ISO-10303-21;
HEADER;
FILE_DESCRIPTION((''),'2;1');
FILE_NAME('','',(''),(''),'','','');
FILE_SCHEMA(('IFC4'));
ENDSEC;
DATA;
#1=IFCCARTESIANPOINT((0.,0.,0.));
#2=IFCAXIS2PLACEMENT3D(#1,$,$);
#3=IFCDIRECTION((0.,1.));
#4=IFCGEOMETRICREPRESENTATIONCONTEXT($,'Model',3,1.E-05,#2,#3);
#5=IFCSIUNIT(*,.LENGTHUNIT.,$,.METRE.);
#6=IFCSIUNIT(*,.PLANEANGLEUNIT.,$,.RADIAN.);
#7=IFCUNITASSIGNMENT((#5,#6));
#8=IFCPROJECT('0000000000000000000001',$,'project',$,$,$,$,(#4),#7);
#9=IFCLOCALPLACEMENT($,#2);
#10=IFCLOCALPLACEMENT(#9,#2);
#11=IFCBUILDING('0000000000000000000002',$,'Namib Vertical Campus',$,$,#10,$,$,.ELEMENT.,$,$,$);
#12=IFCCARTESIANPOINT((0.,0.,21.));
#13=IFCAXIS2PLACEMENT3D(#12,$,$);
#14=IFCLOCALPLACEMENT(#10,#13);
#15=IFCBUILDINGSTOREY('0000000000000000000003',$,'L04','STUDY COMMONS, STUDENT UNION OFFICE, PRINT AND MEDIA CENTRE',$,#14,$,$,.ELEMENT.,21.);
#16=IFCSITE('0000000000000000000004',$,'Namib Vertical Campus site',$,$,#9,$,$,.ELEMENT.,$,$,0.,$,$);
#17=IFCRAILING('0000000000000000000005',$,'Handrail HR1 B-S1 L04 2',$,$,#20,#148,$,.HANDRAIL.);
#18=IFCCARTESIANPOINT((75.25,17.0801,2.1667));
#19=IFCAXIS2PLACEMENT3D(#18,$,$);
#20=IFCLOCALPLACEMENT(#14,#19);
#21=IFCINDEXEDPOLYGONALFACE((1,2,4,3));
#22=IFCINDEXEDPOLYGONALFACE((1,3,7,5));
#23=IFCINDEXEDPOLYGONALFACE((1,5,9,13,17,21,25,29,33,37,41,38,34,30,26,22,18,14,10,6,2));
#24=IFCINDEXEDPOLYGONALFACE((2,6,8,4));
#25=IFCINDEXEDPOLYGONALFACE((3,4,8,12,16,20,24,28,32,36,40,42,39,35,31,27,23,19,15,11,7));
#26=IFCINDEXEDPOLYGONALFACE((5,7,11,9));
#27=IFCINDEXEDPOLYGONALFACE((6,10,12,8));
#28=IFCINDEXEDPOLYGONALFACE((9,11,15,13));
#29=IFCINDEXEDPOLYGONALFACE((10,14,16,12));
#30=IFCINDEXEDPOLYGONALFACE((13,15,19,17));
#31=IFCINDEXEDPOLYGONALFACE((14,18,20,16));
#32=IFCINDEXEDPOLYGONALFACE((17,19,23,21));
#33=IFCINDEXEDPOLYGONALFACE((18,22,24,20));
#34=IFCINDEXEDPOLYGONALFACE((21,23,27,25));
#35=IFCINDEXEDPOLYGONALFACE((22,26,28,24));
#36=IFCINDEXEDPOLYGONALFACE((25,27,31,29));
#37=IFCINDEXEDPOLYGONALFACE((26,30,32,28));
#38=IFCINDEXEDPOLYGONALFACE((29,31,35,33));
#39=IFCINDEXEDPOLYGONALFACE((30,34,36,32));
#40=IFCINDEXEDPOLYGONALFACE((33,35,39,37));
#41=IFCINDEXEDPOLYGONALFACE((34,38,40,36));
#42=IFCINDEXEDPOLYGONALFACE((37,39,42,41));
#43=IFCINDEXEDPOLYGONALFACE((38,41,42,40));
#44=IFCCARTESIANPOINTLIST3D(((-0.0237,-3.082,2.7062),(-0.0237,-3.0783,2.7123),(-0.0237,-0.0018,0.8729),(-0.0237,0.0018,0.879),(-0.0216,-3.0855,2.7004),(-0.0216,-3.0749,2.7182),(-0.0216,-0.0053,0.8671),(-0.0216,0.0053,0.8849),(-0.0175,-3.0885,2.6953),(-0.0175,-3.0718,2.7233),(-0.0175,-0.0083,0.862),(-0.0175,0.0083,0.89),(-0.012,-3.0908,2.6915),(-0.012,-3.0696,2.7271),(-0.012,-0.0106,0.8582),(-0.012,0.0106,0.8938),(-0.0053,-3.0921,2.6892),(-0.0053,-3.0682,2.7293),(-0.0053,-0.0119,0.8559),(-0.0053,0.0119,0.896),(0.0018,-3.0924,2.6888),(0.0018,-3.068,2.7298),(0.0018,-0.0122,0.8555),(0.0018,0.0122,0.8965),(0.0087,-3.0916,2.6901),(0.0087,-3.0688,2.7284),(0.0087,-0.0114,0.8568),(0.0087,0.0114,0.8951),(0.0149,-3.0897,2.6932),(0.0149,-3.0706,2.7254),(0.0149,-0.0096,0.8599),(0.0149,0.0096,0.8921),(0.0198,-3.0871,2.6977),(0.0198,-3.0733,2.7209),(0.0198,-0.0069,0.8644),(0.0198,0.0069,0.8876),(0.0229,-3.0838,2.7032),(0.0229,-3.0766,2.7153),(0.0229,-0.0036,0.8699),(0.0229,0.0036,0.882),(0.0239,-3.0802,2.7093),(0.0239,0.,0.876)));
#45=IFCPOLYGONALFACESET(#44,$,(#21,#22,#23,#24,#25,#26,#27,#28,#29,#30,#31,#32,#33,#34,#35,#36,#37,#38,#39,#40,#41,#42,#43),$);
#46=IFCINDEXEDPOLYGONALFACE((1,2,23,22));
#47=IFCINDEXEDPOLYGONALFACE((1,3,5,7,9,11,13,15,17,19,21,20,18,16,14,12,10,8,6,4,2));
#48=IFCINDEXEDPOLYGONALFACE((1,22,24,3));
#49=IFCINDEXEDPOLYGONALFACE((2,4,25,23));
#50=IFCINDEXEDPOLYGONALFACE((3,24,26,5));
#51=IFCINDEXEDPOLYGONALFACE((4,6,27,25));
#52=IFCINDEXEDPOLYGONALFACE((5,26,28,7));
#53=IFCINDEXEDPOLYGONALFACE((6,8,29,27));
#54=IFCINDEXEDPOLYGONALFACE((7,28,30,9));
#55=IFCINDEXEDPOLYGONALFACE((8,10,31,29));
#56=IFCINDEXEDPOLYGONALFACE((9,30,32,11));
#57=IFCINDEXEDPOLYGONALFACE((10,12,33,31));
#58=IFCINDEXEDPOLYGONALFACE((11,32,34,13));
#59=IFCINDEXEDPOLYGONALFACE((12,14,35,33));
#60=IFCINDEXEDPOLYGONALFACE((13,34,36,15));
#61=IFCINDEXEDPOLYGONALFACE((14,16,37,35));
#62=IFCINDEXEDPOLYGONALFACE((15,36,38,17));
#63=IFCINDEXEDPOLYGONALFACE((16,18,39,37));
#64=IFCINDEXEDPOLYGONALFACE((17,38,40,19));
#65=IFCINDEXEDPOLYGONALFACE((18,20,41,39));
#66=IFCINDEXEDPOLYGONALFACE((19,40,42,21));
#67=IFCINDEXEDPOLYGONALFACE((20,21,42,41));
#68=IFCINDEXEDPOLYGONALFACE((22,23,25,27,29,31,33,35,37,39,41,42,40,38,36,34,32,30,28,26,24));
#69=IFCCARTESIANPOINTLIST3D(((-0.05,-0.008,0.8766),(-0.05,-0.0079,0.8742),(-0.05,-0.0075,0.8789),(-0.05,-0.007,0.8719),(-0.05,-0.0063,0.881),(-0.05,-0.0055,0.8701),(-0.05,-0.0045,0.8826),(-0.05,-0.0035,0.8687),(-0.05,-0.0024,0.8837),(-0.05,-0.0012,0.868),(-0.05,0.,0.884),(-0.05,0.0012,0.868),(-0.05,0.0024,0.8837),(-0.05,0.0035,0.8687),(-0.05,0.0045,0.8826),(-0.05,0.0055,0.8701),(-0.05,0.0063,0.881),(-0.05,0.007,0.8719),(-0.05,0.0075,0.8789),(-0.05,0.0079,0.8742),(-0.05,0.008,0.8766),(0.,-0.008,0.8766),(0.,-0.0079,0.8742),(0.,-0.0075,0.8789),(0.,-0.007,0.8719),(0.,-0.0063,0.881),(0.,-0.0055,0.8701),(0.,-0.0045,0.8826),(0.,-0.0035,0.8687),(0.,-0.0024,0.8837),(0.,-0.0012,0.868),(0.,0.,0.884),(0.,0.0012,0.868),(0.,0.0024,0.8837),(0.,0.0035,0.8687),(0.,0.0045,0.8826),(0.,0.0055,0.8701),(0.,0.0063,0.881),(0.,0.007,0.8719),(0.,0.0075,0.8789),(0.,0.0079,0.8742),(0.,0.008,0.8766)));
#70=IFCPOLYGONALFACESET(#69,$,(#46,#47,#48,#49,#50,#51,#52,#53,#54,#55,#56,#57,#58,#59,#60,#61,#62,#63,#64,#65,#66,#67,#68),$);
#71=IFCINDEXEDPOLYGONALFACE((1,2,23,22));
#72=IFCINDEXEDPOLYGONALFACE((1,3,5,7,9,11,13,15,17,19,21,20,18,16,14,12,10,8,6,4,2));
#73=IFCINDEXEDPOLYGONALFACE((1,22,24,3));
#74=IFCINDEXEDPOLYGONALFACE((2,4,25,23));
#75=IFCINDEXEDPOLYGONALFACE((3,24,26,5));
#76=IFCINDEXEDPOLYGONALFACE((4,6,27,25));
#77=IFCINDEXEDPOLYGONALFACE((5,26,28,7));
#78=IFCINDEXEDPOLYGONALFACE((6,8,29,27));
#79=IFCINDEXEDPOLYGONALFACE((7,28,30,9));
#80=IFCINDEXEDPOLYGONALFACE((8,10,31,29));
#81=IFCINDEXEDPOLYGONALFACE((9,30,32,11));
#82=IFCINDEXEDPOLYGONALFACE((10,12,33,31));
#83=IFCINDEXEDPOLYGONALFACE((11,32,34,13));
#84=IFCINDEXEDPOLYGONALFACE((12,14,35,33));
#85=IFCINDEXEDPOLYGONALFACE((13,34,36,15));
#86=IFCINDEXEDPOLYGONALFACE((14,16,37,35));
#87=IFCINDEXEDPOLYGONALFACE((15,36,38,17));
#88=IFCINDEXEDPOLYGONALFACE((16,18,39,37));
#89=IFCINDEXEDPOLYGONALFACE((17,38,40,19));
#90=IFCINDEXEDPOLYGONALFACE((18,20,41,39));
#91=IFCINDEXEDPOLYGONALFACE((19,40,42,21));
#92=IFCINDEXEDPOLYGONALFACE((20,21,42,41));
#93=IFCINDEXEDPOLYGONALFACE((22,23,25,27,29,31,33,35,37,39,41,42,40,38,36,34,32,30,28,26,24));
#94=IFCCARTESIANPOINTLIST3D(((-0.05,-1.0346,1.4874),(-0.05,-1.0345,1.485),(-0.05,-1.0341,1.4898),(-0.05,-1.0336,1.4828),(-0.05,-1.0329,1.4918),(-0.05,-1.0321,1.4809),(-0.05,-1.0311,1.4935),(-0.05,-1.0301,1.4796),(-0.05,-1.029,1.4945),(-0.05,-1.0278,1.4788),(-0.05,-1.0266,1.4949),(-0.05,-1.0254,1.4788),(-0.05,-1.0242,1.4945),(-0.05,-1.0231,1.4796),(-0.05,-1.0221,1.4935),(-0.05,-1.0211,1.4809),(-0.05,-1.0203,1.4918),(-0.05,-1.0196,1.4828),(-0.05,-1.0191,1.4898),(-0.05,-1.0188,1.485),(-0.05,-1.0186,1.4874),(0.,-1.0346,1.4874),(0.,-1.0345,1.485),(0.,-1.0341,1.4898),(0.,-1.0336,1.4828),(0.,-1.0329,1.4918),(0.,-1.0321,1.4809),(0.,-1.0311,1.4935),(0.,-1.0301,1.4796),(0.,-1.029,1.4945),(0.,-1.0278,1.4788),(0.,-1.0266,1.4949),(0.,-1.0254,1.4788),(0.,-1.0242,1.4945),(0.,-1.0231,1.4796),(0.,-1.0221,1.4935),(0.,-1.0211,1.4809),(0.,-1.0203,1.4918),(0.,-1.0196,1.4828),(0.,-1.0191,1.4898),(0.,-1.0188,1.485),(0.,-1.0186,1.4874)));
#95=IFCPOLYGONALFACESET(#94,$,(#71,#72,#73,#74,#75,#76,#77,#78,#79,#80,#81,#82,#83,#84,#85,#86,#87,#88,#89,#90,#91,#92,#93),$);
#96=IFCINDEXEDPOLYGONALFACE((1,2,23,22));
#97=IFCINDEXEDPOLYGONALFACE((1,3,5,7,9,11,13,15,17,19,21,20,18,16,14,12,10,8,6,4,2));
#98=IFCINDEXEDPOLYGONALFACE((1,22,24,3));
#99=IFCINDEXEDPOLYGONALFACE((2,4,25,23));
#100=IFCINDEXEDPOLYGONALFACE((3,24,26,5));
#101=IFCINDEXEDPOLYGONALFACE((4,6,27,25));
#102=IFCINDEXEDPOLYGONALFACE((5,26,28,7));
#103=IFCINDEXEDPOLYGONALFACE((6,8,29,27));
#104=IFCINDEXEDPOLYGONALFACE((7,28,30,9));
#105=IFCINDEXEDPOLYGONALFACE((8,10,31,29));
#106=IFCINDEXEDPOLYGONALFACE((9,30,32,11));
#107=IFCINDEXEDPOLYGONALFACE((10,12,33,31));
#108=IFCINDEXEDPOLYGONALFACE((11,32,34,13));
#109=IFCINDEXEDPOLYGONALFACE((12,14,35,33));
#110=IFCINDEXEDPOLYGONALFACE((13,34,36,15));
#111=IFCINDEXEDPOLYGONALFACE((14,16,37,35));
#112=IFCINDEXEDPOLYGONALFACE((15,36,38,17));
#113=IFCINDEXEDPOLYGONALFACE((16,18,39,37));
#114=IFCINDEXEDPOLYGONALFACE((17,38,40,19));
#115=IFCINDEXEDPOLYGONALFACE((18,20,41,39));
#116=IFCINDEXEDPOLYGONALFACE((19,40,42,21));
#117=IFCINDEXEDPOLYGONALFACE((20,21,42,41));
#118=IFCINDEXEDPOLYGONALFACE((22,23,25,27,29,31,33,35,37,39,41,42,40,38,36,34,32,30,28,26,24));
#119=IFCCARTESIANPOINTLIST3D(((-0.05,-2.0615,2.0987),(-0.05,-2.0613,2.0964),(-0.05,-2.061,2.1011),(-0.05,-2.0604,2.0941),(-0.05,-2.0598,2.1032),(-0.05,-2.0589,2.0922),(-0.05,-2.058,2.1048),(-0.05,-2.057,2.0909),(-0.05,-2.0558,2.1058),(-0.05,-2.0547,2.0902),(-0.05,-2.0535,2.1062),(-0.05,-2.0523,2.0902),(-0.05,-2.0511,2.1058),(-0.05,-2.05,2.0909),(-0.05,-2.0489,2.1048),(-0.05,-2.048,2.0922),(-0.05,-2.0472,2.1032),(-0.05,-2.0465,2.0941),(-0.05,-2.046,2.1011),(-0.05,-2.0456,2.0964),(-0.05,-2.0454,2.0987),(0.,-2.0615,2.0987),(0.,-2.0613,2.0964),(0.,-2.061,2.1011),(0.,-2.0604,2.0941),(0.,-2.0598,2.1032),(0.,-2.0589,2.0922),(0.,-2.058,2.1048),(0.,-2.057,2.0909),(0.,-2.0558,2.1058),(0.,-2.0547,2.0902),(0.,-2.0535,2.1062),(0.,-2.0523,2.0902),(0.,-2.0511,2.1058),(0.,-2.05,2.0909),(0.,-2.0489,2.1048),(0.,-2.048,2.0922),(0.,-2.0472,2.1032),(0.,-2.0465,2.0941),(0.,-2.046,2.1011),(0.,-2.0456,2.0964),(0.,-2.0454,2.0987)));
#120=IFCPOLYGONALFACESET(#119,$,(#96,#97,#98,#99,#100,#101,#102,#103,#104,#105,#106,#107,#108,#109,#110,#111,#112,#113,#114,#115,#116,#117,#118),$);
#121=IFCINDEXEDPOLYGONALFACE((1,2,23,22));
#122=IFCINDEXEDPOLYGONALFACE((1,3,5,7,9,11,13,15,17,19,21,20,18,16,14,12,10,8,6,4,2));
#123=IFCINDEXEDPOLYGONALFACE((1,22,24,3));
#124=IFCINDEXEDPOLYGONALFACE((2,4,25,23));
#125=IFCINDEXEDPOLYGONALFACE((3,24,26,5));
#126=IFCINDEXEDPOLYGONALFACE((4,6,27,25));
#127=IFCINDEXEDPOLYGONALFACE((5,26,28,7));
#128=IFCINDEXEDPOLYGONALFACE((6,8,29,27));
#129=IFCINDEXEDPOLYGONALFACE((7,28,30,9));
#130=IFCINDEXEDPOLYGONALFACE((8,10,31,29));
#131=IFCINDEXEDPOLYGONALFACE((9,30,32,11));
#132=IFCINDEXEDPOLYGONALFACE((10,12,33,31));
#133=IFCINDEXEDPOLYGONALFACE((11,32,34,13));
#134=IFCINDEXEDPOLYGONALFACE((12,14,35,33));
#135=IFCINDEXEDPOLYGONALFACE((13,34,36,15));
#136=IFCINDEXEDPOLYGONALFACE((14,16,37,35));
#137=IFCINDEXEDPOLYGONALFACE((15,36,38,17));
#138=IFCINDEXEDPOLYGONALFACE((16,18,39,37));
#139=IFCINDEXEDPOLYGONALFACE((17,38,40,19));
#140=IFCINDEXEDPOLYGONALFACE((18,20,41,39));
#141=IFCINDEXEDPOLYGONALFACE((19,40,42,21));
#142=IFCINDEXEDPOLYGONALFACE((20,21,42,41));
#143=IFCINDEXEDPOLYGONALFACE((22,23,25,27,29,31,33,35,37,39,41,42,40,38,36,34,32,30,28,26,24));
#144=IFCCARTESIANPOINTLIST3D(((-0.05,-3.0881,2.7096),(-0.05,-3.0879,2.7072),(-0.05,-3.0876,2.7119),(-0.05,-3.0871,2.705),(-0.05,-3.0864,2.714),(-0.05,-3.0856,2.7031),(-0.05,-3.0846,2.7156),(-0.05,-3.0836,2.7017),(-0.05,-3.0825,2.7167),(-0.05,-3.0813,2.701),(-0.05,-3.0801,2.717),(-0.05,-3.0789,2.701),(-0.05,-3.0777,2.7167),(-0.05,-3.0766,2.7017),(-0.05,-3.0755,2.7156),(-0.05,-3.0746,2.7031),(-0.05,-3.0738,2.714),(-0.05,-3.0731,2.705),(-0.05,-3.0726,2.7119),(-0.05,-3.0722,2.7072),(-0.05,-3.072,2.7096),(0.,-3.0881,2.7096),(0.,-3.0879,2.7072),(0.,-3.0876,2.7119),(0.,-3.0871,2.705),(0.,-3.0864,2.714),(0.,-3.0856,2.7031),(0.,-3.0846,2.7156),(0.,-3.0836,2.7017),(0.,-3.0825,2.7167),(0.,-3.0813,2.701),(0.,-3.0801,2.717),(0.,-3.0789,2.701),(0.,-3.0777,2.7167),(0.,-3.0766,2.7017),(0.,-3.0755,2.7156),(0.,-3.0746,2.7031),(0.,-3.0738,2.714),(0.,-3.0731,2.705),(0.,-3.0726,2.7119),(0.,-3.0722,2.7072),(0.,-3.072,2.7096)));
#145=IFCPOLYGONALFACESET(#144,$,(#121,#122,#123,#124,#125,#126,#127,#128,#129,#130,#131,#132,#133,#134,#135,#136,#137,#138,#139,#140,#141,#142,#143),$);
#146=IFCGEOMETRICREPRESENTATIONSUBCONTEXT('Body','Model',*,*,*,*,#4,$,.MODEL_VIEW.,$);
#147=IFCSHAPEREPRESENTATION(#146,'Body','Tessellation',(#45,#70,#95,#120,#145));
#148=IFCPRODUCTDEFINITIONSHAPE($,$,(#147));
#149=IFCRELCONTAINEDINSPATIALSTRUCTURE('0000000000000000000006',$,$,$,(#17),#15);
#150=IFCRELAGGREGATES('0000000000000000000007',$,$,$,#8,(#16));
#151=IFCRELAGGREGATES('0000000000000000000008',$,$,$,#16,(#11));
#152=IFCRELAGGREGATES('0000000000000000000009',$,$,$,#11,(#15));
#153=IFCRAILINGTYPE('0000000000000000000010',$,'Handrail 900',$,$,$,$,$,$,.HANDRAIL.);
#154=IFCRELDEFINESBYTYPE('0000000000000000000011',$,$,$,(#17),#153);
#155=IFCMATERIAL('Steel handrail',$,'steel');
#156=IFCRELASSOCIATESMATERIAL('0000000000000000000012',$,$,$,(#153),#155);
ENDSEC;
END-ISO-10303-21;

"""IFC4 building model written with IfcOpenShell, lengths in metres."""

from ifc_helpers import new_model, si_unit, direction, frame, origin, origin_2d, place, context, subcontext, project, spatial, circle, extrude, material, type_object, element, save


model = new_model("IFC4")

# Units and contexts
model_context = context("Model", 3, precision=1e-05, world=origin(), true_north=direction((0.0, 1.0)))
body_context = subcontext(model_context, "Body", "Model", "MODEL_VIEW")
ifc_project = project(units=[si_unit("LENGTHUNIT", "METRE"), si_unit("PLANEANGLEUNIT", "RADIAN")], contexts=[model_context])

# Site, building, storey
site_placement = place(None, origin())
site = spatial("IfcSite", under=ifc_project, at=site_placement, Name="Namib Vertical Campus site", CompositionType="ELEMENT", RefElevation=0.0)
building_placement = place(site_placement, origin())
building = spatial("IfcBuilding", under=site, at=building_placement, Name="Namib Vertical Campus", CompositionType="ELEMENT")
storey_placement = place(building_placement, frame((0.0, 0.0, 21.0)))
storey = spatial("IfcBuildingStorey", under=building, at=storey_placement, Name="L04", Description="STUDY COMMONS, STUDENT UNION OFFICE, PRINT AND MEDIA CENTRE", CompositionType="ELEMENT", Elevation=21.0)

# Railing
ifc_material_1 = material(Name="Steel handrail", Category="steel")
railing_type_1 = type_object("IfcRailingType", Name="Handrail 900", PredefinedType="HANDRAIL", material=ifc_material_1)
railing_1_placement = place(storey_placement, frame((75.25, 17.0801, 2.1667)))
element("IfcRailing", 1, at=railing_1_placement, inside=storey, type_object=railing_type_1, Name="Handrail HR1 B-S1 L04 2", PredefinedType="HANDRAIL", context=body_context, shape_type="SweptSolid", body=[
    extrude(circle(Radius=0.0239, at=origin_2d()), frame((0.0, 0.0, 0.876), z_axis=(0.0, -0.859309, 0.511458), x_axis=(1.0, 0.0, 0.0)), (0.0, 0.0, 1.0), 3.5845),
    extrude(circle(Radius=0.0081, at=origin_2d()), frame((0.0, 0.0, 0.876), z_axis=(-1.0, 0.0, 0.0), x_axis=(0.0, 0.0, 1.0)), (0.0, 0.0, 1.0), 0.05),
    extrude(circle(Radius=0.0081, at=origin_2d()), frame((0.0, -1.0266, 1.4868), z_axis=(-1.0, 0.0, 0.0), x_axis=(0.0, 0.0, 1.0)), (0.0, 0.0, 1.0), 0.05),
    extrude(circle(Radius=0.0081, at=origin_2d()), frame((0.0, -2.0535, 2.0981), z_axis=(-1.0, 0.0, 0.0), x_axis=(0.0, 0.0, 1.0)), (0.0, 0.0, 1.0), 0.05),
    extrude(circle(Radius=0.0081, at=origin_2d()), frame((0.0, -3.0801, 2.709), z_axis=(-1.0, 0.0, 0.0), x_axis=(0.0, 0.0, 1.0)), (0.0, 0.0, 1.0), 0.05),
])

save(model, "model.ifc")
